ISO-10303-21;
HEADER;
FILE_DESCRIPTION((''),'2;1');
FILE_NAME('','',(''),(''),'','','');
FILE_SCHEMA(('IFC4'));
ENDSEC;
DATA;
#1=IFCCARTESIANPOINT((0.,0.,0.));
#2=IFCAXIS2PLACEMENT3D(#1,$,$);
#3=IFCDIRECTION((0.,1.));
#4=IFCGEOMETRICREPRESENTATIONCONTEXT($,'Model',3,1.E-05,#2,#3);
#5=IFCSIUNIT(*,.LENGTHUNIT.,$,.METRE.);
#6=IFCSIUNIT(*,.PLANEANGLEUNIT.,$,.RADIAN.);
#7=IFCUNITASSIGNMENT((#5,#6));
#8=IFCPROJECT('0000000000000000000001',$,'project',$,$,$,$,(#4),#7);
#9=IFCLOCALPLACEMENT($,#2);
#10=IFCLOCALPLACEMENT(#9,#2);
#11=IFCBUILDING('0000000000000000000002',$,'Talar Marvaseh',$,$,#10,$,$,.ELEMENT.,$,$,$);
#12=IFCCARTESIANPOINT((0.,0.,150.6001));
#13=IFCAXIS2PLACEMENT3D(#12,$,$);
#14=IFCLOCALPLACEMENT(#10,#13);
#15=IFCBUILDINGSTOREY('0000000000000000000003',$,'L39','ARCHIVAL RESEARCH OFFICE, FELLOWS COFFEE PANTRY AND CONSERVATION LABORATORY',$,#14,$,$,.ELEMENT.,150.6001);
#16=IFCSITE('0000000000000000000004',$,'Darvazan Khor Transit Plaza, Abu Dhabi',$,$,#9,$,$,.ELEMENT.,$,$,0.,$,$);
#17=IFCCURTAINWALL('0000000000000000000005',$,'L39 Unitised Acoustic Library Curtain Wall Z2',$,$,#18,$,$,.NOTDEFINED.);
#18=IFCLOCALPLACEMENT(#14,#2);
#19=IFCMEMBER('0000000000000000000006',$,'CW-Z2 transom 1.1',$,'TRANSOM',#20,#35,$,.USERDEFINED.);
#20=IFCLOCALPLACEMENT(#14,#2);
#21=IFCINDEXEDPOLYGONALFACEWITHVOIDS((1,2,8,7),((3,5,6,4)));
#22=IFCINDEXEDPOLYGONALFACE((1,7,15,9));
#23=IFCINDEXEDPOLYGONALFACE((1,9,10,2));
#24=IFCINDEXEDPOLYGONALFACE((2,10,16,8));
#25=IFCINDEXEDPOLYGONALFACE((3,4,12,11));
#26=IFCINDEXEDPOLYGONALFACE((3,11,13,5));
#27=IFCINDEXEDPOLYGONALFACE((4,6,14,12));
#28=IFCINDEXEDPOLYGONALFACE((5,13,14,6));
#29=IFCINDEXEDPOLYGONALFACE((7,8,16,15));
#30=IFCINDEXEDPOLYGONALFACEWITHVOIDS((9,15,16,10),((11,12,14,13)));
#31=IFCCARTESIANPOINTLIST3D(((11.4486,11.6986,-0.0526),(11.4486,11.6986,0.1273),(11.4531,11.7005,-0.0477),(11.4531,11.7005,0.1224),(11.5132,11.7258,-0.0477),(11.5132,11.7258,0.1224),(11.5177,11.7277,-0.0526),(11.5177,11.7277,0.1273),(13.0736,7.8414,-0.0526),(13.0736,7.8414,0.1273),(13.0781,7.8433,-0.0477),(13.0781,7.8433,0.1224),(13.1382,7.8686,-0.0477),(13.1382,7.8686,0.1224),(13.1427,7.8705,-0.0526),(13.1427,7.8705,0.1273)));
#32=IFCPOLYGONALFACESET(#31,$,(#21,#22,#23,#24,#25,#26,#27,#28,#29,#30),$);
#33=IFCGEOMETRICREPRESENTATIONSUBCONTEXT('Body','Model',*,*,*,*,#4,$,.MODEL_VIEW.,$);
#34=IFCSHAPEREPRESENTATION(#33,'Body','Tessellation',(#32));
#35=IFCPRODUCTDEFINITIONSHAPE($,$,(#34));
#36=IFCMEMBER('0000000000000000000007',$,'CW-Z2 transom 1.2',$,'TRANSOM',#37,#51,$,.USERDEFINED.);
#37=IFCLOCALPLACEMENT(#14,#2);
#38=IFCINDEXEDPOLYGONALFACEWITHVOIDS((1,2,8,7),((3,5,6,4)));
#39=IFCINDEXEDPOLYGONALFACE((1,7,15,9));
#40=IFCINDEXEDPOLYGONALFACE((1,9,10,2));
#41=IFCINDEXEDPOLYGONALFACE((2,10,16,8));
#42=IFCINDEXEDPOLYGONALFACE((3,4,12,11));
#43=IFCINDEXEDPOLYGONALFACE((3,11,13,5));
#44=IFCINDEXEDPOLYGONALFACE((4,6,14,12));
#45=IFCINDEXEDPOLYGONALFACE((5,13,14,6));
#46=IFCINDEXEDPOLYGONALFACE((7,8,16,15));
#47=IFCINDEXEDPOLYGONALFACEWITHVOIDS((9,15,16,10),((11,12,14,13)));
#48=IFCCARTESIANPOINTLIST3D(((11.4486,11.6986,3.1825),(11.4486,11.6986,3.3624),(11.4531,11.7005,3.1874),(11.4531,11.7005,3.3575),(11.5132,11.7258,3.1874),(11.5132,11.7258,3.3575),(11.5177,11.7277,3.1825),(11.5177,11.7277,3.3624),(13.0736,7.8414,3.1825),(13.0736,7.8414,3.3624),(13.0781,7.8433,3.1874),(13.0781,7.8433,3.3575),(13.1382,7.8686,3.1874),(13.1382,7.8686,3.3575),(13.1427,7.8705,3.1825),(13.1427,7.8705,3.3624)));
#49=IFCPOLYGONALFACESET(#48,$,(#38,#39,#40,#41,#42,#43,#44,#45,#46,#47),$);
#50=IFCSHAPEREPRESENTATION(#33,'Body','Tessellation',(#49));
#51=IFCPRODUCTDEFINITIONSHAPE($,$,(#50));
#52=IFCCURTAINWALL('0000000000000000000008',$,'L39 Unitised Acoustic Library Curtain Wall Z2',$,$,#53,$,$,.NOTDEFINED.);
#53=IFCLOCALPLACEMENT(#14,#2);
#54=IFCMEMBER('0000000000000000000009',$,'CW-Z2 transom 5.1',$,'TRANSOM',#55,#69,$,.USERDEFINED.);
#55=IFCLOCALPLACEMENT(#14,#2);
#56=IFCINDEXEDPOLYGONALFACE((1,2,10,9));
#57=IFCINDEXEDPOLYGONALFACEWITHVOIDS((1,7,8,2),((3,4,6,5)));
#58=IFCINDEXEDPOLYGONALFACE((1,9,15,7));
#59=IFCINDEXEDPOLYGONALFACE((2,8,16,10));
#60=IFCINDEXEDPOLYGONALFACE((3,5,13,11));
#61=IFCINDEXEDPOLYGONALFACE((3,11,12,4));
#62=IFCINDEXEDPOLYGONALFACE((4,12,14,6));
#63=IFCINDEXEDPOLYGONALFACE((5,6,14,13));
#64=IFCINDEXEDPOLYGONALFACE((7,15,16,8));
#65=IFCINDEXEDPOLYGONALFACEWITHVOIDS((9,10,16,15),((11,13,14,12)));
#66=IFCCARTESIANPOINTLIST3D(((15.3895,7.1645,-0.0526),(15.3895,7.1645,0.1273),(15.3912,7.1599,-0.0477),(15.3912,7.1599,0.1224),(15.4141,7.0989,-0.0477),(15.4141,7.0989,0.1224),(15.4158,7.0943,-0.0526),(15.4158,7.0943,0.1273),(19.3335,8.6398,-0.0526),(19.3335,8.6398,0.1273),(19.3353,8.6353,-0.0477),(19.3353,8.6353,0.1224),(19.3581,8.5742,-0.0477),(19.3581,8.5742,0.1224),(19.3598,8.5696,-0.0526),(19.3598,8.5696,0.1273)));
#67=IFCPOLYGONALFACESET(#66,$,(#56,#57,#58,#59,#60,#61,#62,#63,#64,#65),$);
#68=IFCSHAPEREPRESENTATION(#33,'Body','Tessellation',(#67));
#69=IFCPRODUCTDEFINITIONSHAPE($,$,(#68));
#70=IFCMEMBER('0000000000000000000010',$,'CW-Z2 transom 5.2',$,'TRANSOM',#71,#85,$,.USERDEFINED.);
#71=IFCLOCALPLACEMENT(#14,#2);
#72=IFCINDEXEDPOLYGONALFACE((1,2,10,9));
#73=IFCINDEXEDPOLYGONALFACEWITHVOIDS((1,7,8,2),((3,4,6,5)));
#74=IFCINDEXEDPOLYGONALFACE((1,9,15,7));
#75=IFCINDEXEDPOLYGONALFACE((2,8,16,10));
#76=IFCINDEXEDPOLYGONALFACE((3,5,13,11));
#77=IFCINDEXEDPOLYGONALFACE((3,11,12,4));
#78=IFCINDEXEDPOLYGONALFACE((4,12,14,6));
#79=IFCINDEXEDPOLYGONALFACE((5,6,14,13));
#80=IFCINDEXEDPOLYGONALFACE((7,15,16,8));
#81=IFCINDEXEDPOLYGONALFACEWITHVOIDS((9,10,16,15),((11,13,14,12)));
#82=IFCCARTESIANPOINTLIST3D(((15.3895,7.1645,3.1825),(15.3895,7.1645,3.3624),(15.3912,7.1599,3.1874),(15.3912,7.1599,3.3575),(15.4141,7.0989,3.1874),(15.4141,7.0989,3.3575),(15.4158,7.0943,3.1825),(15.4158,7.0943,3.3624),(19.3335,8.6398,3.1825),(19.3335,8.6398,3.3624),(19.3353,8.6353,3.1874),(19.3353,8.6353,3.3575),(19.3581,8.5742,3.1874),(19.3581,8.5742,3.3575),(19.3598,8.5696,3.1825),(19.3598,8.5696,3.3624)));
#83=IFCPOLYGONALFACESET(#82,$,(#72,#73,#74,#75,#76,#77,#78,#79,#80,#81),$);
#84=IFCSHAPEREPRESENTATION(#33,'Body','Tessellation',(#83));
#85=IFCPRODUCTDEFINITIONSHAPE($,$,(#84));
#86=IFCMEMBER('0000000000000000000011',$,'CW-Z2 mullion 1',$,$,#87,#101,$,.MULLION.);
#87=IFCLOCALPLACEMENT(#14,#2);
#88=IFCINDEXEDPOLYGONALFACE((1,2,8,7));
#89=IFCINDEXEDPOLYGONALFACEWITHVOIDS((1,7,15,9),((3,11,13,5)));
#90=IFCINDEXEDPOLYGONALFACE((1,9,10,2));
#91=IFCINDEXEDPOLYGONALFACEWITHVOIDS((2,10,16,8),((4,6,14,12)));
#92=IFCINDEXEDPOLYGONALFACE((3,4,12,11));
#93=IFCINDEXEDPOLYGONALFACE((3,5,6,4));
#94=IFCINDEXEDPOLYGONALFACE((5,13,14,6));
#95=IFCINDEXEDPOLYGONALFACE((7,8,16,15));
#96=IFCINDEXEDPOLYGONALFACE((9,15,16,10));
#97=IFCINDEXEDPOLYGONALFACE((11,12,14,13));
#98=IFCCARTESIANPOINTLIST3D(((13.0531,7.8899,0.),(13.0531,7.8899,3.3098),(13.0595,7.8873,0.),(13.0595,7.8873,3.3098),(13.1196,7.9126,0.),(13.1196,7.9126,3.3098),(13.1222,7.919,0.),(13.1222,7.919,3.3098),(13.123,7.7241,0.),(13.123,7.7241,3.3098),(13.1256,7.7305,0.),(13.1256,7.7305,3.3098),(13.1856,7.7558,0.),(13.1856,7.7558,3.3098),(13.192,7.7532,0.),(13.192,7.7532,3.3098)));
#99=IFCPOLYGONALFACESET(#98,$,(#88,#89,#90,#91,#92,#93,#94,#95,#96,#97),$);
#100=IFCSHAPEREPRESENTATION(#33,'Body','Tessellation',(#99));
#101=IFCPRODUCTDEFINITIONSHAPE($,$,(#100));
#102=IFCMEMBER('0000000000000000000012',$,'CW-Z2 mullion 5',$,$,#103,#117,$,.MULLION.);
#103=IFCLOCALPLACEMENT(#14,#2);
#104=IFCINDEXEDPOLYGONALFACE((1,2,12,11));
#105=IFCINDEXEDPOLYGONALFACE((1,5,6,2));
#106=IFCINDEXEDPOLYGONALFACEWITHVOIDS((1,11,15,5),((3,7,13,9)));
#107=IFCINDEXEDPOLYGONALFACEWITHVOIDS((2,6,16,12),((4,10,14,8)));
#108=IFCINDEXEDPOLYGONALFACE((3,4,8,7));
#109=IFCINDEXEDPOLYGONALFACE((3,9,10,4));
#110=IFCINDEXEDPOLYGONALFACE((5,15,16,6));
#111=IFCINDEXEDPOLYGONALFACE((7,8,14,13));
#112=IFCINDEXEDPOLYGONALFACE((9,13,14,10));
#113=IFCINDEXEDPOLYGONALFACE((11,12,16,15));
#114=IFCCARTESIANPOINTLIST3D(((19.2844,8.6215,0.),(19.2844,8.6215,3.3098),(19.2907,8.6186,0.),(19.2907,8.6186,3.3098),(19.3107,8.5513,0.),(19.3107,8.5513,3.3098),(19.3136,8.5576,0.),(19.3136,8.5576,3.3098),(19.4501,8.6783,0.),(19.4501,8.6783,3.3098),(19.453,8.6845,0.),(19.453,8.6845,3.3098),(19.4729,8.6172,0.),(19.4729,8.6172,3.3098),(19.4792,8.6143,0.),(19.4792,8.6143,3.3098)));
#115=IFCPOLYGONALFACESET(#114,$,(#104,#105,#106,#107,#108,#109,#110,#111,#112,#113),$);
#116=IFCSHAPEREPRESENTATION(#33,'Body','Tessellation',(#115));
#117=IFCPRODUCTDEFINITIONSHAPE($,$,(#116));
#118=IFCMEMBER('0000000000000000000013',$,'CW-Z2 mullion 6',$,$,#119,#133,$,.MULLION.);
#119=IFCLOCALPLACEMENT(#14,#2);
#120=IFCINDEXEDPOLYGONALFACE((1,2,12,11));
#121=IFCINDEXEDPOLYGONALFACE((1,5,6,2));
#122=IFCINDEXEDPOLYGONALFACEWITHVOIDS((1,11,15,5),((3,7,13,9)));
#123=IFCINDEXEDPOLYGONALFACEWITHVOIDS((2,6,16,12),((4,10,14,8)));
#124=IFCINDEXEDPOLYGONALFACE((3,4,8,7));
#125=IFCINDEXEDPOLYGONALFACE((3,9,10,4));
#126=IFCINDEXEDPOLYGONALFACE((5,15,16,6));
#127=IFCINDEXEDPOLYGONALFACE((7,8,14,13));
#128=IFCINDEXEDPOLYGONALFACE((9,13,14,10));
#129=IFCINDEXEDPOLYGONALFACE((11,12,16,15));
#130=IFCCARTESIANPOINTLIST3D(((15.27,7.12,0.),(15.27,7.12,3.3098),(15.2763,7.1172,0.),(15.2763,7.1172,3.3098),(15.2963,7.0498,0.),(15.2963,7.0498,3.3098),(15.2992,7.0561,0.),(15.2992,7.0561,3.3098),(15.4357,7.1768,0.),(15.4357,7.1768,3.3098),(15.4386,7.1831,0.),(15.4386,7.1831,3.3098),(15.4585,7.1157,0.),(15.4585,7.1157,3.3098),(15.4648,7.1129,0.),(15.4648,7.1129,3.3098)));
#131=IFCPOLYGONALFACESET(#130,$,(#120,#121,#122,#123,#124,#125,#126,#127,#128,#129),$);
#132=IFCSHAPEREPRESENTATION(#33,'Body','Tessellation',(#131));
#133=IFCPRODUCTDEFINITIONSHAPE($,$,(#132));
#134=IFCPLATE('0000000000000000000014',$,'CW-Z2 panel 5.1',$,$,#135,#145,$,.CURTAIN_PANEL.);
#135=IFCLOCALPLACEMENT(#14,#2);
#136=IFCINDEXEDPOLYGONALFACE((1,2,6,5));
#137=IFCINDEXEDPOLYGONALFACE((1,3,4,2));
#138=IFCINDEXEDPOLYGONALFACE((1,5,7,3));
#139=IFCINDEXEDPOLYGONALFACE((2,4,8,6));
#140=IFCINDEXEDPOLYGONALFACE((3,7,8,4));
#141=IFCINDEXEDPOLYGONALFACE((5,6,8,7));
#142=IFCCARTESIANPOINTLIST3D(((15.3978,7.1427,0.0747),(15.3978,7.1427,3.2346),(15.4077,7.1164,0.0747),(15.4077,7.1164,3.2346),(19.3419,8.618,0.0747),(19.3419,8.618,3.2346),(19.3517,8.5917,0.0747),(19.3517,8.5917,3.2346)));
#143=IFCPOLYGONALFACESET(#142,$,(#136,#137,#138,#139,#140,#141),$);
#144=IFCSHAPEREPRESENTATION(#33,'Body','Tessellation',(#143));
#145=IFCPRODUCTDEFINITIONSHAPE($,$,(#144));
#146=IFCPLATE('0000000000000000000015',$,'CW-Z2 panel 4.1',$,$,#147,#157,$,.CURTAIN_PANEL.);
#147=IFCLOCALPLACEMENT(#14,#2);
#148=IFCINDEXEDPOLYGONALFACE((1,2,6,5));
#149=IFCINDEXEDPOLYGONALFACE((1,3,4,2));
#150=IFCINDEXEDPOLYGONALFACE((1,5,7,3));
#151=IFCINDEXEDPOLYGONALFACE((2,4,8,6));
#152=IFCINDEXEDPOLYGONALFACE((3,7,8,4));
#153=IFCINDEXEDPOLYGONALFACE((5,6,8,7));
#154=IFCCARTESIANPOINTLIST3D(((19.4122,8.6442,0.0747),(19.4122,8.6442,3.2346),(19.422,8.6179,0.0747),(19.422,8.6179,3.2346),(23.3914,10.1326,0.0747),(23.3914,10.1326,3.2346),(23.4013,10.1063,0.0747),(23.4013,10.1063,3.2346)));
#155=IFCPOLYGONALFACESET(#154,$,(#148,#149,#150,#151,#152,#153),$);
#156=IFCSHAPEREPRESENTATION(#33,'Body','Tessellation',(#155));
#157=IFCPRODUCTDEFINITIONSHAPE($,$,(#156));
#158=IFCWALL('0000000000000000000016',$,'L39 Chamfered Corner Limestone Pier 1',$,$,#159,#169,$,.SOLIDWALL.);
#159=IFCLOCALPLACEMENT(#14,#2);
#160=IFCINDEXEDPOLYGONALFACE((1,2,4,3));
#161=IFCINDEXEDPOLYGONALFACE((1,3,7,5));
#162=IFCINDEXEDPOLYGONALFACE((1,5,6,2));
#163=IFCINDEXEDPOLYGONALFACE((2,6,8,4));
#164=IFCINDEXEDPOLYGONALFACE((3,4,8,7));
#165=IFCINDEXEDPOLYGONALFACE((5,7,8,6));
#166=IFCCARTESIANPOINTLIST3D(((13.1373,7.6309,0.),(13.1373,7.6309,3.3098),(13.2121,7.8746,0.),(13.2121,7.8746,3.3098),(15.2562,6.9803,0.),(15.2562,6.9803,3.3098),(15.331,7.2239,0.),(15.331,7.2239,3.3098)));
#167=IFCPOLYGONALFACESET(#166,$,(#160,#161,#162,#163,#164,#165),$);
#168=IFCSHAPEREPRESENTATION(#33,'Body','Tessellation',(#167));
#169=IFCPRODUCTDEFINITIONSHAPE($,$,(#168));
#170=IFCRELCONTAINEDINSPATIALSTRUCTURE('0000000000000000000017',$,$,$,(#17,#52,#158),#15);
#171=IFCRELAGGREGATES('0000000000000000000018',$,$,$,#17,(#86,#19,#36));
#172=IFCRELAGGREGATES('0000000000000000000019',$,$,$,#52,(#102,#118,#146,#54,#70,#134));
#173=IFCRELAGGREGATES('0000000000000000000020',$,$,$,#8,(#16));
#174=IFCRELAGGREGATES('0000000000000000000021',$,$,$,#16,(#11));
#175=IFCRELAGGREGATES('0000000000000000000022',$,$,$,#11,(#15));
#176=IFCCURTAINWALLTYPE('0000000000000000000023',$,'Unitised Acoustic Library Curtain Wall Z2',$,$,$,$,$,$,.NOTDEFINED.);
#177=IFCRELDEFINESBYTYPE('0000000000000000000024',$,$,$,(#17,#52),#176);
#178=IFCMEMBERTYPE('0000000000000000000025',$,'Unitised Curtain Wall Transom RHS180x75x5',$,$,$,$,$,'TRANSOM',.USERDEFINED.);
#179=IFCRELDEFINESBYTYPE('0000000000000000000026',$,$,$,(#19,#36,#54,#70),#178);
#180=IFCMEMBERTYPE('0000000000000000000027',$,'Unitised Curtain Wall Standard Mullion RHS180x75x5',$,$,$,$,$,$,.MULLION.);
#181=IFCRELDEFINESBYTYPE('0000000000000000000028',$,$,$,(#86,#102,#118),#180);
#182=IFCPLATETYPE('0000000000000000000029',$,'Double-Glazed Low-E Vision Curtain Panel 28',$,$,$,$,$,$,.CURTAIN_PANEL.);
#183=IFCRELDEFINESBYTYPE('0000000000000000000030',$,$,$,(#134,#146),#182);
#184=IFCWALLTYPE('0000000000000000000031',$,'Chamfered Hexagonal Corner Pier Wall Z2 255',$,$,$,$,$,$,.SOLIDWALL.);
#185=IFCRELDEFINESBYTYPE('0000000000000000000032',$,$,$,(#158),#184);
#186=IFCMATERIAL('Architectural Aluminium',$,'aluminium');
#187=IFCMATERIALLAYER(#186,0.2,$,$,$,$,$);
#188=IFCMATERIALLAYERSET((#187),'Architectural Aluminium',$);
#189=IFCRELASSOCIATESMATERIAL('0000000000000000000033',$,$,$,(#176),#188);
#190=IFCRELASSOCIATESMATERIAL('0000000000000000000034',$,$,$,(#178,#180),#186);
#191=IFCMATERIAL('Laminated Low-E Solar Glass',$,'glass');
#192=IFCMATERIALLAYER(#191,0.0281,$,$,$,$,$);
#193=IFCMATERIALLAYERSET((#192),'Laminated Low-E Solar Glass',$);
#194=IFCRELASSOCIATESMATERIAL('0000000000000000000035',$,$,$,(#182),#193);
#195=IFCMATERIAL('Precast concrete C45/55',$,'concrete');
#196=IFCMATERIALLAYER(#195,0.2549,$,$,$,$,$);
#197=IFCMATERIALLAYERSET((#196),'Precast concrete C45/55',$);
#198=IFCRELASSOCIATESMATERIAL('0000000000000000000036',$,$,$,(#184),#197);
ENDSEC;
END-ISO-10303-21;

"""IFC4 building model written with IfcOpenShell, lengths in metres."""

from ifc_helpers import new_model, si_unit, direction, frame, frame_2d, origin, origin_2d, place, context, subcontext, project, spatial, rectangle, hollow_rectangle, extrude, source, transform, mapped, material, layer, layer_set, material_profile, profile_set, type_object, type_shapes, element, aggregate, save


model = new_model("IFC4")

# Units and contexts
model_context = context("Model", 3, precision=1e-05, world=origin(), true_north=direction((0.0, 1.0)))
body_context = subcontext(model_context, "Body", "Model", "MODEL_VIEW")
ifc_project = project(units=[si_unit("LENGTHUNIT", "METRE"), si_unit("PLANEANGLEUNIT", "RADIAN")], contexts=[model_context])

# Site, building, storey
site_placement = place(None, origin())
site = spatial("IfcSite", under=ifc_project, at=site_placement, Name="Darvazan Khor Transit Plaza, Abu Dhabi", CompositionType="ELEMENT", RefElevation=0.0)
building_placement = place(site_placement, origin())
building = spatial("IfcBuilding", under=site, at=building_placement, Name="Talar Marvaseh", CompositionType="ELEMENT")
storey_placement = place(building_placement, frame((0.0, 0.0, 150.6001)))
storey = spatial("IfcBuildingStorey", under=building, at=storey_placement, Name="L39", Description="ARCHIVAL RESEARCH OFFICE, FELLOWS COFFEE PANTRY AND CONSERVATION LABORATORY", CompositionType="ELEMENT", Elevation=150.6001)

# Curtain walls, members
ifc_material_1 = material(Name="Architectural Aluminium", Category="aluminium")
ifc_layer_1 = layer(ifc_material_1, 0.2)
ifc_layer_set_1 = layer_set([ifc_layer_1], Name="Architectural Aluminium")
curtain_wall_type = type_object("IfcCurtainWallType", Name="Unitised Acoustic Library Curtain Wall Z2", PredefinedType="NOTDEFINED", material=ifc_layer_set_1)
curtain_wall_1_placement = place(storey_placement, origin())
curtain_wall_1 = element("IfcCurtainWall", 1, at=curtain_wall_1_placement, inside=storey, type_object=curtain_wall_type, Name="L39 Unitised Acoustic Library Curtain Wall Z2", PredefinedType="NOTDEFINED")
ifc_material_profile_1 = material_profile(ifc_material_1, hollow_rectangle(XDim=0.075, YDim=0.1799, WallThickness=0.0049, at=origin_2d()), Name="RHS180x75x5")
ifc_profile_set_1 = profile_set([ifc_material_profile_1], Name="Architectural Aluminium")
member_type_1 = type_object("IfcMemberType", Name="Unitised Curtain Wall Transom RHS180x75x5", ElementType="TRANSOM", PredefinedType="USERDEFINED", material=ifc_profile_set_1)
shared_shape_1 = source(origin(), body_context, "Body", "SweptSolid", [
    extrude(hollow_rectangle(XDim=0.075, YDim=0.1799, WallThickness=0.0049, at=origin_2d()), origin(), (0.0, 0.0, 1.0), 4.1855),
])
member_1_placement = place(storey_placement, frame((13.1082, 7.856, 0.0374), z_axis=(-0.388245, 0.921556, 0.0), x_axis=(-0.921556, -0.388245, 0.0)))
member_1 = element("IfcMember", 2, at=member_1_placement, type_object=member_type_1, Name="CW-Z2 transom 1.1", ObjectType="TRANSOM", PredefinedType="USERDEFINED", context=body_context, shape_type="MappedRepresentation", body=[
    mapped(shared_shape_1, transform((0.0, 0.0, 0.0), x_axis=(1.0, 0.0, 0.0), y_axis=(0.0, 1.0, 0.0), z_axis=(0.0, 0.0, 1.0), scale=1.0)),
])
member_2_placement = place(storey_placement, frame((13.1082, 7.856, 3.2725), z_axis=(-0.388245, 0.921556, 0.0), x_axis=(-0.921556, -0.388245, 0.0)))
member_2 = element("IfcMember", 3, at=member_2_placement, type_object=member_type_1, Name="CW-Z2 transom 1.2", ObjectType="TRANSOM", PredefinedType="USERDEFINED", context=body_context, shape_type="MappedRepresentation", body=[
    mapped(shared_shape_1, transform((0.0, 0.0, 0.0), x_axis=(1.0, 0.0, 0.0), y_axis=(0.0, 1.0, 0.0), z_axis=(0.0, 0.0, 1.0), scale=1.0)),
])
curtain_wall_2_placement = place(storey_placement, origin())
curtain_wall_2 = element("IfcCurtainWall", 4, at=curtain_wall_2_placement, inside=storey, type_object=curtain_wall_type, Name="L39 Unitised Acoustic Library Curtain Wall Z2", PredefinedType="NOTDEFINED")
shared_shape_2 = source(origin(), body_context, "Body", "SweptSolid", [
    extrude(hollow_rectangle(XDim=0.075, YDim=0.1799, WallThickness=0.0049, at=origin_2d()), origin(), (0.0, 0.0, 1.0), 4.2109),
])
type_shapes(member_type_1, [shared_shape_1, shared_shape_2])
member_3_placement = place(storey_placement, frame((19.3467, 8.6047, 0.0374), z_axis=(-0.936617, -0.350355, 0.0), x_axis=(0.350355, -0.936617, 0.0)))
member_3 = element("IfcMember", 5, at=member_3_placement, type_object=member_type_1, Name="CW-Z2 transom 5.1", ObjectType="TRANSOM", PredefinedType="USERDEFINED", context=body_context, shape_type="MappedRepresentation", body=[
    mapped(shared_shape_2, transform((0.0, 0.0, 0.0), x_axis=(1.0, 0.0, 0.0), y_axis=(0.0, 1.0, 0.0), z_axis=(0.0, 0.0, 1.0), scale=1.0)),
])
member_4_placement = place(storey_placement, frame((19.3467, 8.6047, 3.2725), z_axis=(-0.936617, -0.350355, 0.0), x_axis=(0.350355, -0.936617, 0.0)))
member_4 = element("IfcMember", 6, at=member_4_placement, type_object=member_type_1, Name="CW-Z2 transom 5.2", ObjectType="TRANSOM", PredefinedType="USERDEFINED", context=body_context, shape_type="MappedRepresentation", body=[
    mapped(shared_shape_2, transform((0.0, 0.0, 0.0), x_axis=(1.0, 0.0, 0.0), y_axis=(0.0, 1.0, 0.0), z_axis=(0.0, 0.0, 1.0), scale=1.0)),
])

# Members
ifc_material_profile_2 = material_profile(ifc_material_1, hollow_rectangle(XDim=0.075, YDim=0.1799, WallThickness=0.0049, at=origin_2d()), Name="RHS180x75x5")
ifc_profile_set_2 = profile_set([ifc_material_profile_2], Name="Architectural Aluminium")
member_type_2 = type_object("IfcMemberType", Name="Unitised Curtain Wall Standard Mullion RHS180x75x5", PredefinedType="MULLION", material=ifc_profile_set_2)
shared_shape_3 = source(origin(), body_context, "Body", "SweptSolid", [
    extrude(hollow_rectangle(XDim=0.075, YDim=0.1799, WallThickness=0.0049, at=origin_2d()), origin(), (0.0, 0.0, 1.0), 3.3098),
])
type_shapes(member_type_2, [shared_shape_3])
member_5_placement = place(storey_placement, frame((13.1226, 7.8215, 0.0), z_axis=(0.0, 0.0, 1.0), x_axis=(-0.92155, -0.38826, 0.0)))
member_5 = element("IfcMember", 7, at=member_5_placement, type_object=member_type_2, Name="CW-Z2 mullion 1", PredefinedType="MULLION", context=body_context, shape_type="MappedRepresentation", body=[
    mapped(shared_shape_3, transform((0.0, 0.0, 0.0), x_axis=(1.0, 0.0, 0.0), y_axis=(0.0, 1.0, 0.0), z_axis=(0.0, 0.0, 1.0), scale=1.0)),
])
aggregate(curtain_wall_1, [member_5, member_1, member_2])
member_6_placement = place(storey_placement, frame((19.3818, 8.6179, 0.0), z_axis=(0.0, 0.0, 1.0), x_axis=(0.350352, -0.936618, 0.0)))
member_6 = element("IfcMember", 8, at=member_6_placement, type_object=member_type_2, Name="CW-Z2 mullion 5", PredefinedType="MULLION", context=body_context, shape_type="MappedRepresentation", body=[
    mapped(shared_shape_3, transform((0.0, 0.0, 0.0), x_axis=(1.0, 0.0, 0.0), y_axis=(0.0, 1.0, 0.0), z_axis=(0.0, 0.0, 1.0), scale=1.0)),
])
member_7_placement = place(storey_placement, frame((15.3674, 7.1165, 0.0), z_axis=(0.0, 0.0, 1.0), x_axis=(0.350352, -0.936618, 0.0)))
member_7 = element("IfcMember", 9, at=member_7_placement, type_object=member_type_2, Name="CW-Z2 mullion 6", PredefinedType="MULLION", context=body_context, shape_type="MappedRepresentation", body=[
    mapped(shared_shape_3, transform((0.0, 0.0, 0.0), x_axis=(1.0, 0.0, 0.0), y_axis=(0.0, 1.0, 0.0), z_axis=(0.0, 0.0, 1.0), scale=1.0)),
])

# Plates
ifc_material_2 = material(Name="Laminated Low-E Solar Glass", Category="glass")
ifc_layer_2 = layer(ifc_material_2, 0.0281)
ifc_layer_set_2 = layer_set([ifc_layer_2], Name="Laminated Low-E Solar Glass")
plate_type = type_object("IfcPlateType", Name="Double-Glazed Low-E Vision Curtain Panel 28", PredefinedType="CURTAIN_PANEL", material=ifc_layer_set_2)
shared_shape_4 = source(origin(), body_context, "Body", "SweptSolid", [
    extrude(rectangle(XDim=4.2109, YDim=0.0281, at=origin_2d()), origin(), (0.0, 0.0, 1.0), 3.1599),
])
plate_1_placement = place(storey_placement, frame((17.3748, 7.8672, 0.0747), z_axis=(0.0, 0.0, 1.0), x_axis=(-0.936618, -0.350352, 0.0)))
plate_1 = element("IfcPlate", 10, at=plate_1_placement, type_object=plate_type, Name="CW-Z2 panel 5.1", PredefinedType="CURTAIN_PANEL", context=body_context, shape_type="MappedRepresentation", body=[
    mapped(shared_shape_4, transform((0.0, 0.0, 0.0), x_axis=(1.0, 0.0, 0.0), y_axis=(0.0, 1.0, 0.0), z_axis=(0.0, 0.0, 1.0), scale=1.0)),
])
shared_shape_5 = source(origin(), body_context, "Body", "SweptSolid", [
    extrude(rectangle(XDim=4.2485, YDim=0.0281, at=origin_2d()), origin(), (0.0, 0.0, 1.0), 3.1599),
])
type_shapes(plate_type, [shared_shape_4, shared_shape_5])
plate_2_placement = place(storey_placement, frame((21.4067, 9.3752, 0.0747), z_axis=(0.0, 0.0, 1.0), x_axis=(-0.936618, -0.350352, 0.0)))
plate_2 = element("IfcPlate", 11, at=plate_2_placement, type_object=plate_type, Name="CW-Z2 panel 4.1", PredefinedType="CURTAIN_PANEL", context=body_context, shape_type="MappedRepresentation", body=[
    mapped(shared_shape_5, transform((0.0, 0.0, 0.0), x_axis=(1.0, 0.0, 0.0), y_axis=(0.0, 1.0, 0.0), z_axis=(0.0, 0.0, 1.0), scale=1.0)),
])
aggregate(curtain_wall_2, [member_6, member_7, plate_2, member_3, member_4, plate_1])

# Wall
ifc_material_3 = material(Name="Precast concrete C45/55", Category="concrete")
ifc_layer_3 = layer(ifc_material_3, 0.2549)
ifc_layer_set_3 = layer_set([ifc_layer_3], Name="Precast concrete C45/55")
wall_type_1 = type_object("IfcWallType", Name="Chamfered Hexagonal Corner Pier Wall Z2 255", PredefinedType="SOLIDWALL", material=ifc_layer_set_3)
wall_1_placement = place(storey_placement, frame((15.2937, 7.1021, 0.0), z_axis=(0.0, 0.0, 1.0), x_axis=(-0.955948, 0.293536, 0.0)))
element("IfcWall", 12, at=wall_1_placement, inside=storey, type_object=wall_type_1, Name="L39 Chamfered Corner Limestone Pier 1", PredefinedType="SOLIDWALL", context=body_context, shape_type="SweptSolid", body=[
    extrude(rectangle(XDim=2.2166, YDim=0.2549, at=frame_2d((1.1084, 0.0))), origin(), (0.0, 0.0, 1.0), 3.3098),
])

save(model, "model.ifc")
